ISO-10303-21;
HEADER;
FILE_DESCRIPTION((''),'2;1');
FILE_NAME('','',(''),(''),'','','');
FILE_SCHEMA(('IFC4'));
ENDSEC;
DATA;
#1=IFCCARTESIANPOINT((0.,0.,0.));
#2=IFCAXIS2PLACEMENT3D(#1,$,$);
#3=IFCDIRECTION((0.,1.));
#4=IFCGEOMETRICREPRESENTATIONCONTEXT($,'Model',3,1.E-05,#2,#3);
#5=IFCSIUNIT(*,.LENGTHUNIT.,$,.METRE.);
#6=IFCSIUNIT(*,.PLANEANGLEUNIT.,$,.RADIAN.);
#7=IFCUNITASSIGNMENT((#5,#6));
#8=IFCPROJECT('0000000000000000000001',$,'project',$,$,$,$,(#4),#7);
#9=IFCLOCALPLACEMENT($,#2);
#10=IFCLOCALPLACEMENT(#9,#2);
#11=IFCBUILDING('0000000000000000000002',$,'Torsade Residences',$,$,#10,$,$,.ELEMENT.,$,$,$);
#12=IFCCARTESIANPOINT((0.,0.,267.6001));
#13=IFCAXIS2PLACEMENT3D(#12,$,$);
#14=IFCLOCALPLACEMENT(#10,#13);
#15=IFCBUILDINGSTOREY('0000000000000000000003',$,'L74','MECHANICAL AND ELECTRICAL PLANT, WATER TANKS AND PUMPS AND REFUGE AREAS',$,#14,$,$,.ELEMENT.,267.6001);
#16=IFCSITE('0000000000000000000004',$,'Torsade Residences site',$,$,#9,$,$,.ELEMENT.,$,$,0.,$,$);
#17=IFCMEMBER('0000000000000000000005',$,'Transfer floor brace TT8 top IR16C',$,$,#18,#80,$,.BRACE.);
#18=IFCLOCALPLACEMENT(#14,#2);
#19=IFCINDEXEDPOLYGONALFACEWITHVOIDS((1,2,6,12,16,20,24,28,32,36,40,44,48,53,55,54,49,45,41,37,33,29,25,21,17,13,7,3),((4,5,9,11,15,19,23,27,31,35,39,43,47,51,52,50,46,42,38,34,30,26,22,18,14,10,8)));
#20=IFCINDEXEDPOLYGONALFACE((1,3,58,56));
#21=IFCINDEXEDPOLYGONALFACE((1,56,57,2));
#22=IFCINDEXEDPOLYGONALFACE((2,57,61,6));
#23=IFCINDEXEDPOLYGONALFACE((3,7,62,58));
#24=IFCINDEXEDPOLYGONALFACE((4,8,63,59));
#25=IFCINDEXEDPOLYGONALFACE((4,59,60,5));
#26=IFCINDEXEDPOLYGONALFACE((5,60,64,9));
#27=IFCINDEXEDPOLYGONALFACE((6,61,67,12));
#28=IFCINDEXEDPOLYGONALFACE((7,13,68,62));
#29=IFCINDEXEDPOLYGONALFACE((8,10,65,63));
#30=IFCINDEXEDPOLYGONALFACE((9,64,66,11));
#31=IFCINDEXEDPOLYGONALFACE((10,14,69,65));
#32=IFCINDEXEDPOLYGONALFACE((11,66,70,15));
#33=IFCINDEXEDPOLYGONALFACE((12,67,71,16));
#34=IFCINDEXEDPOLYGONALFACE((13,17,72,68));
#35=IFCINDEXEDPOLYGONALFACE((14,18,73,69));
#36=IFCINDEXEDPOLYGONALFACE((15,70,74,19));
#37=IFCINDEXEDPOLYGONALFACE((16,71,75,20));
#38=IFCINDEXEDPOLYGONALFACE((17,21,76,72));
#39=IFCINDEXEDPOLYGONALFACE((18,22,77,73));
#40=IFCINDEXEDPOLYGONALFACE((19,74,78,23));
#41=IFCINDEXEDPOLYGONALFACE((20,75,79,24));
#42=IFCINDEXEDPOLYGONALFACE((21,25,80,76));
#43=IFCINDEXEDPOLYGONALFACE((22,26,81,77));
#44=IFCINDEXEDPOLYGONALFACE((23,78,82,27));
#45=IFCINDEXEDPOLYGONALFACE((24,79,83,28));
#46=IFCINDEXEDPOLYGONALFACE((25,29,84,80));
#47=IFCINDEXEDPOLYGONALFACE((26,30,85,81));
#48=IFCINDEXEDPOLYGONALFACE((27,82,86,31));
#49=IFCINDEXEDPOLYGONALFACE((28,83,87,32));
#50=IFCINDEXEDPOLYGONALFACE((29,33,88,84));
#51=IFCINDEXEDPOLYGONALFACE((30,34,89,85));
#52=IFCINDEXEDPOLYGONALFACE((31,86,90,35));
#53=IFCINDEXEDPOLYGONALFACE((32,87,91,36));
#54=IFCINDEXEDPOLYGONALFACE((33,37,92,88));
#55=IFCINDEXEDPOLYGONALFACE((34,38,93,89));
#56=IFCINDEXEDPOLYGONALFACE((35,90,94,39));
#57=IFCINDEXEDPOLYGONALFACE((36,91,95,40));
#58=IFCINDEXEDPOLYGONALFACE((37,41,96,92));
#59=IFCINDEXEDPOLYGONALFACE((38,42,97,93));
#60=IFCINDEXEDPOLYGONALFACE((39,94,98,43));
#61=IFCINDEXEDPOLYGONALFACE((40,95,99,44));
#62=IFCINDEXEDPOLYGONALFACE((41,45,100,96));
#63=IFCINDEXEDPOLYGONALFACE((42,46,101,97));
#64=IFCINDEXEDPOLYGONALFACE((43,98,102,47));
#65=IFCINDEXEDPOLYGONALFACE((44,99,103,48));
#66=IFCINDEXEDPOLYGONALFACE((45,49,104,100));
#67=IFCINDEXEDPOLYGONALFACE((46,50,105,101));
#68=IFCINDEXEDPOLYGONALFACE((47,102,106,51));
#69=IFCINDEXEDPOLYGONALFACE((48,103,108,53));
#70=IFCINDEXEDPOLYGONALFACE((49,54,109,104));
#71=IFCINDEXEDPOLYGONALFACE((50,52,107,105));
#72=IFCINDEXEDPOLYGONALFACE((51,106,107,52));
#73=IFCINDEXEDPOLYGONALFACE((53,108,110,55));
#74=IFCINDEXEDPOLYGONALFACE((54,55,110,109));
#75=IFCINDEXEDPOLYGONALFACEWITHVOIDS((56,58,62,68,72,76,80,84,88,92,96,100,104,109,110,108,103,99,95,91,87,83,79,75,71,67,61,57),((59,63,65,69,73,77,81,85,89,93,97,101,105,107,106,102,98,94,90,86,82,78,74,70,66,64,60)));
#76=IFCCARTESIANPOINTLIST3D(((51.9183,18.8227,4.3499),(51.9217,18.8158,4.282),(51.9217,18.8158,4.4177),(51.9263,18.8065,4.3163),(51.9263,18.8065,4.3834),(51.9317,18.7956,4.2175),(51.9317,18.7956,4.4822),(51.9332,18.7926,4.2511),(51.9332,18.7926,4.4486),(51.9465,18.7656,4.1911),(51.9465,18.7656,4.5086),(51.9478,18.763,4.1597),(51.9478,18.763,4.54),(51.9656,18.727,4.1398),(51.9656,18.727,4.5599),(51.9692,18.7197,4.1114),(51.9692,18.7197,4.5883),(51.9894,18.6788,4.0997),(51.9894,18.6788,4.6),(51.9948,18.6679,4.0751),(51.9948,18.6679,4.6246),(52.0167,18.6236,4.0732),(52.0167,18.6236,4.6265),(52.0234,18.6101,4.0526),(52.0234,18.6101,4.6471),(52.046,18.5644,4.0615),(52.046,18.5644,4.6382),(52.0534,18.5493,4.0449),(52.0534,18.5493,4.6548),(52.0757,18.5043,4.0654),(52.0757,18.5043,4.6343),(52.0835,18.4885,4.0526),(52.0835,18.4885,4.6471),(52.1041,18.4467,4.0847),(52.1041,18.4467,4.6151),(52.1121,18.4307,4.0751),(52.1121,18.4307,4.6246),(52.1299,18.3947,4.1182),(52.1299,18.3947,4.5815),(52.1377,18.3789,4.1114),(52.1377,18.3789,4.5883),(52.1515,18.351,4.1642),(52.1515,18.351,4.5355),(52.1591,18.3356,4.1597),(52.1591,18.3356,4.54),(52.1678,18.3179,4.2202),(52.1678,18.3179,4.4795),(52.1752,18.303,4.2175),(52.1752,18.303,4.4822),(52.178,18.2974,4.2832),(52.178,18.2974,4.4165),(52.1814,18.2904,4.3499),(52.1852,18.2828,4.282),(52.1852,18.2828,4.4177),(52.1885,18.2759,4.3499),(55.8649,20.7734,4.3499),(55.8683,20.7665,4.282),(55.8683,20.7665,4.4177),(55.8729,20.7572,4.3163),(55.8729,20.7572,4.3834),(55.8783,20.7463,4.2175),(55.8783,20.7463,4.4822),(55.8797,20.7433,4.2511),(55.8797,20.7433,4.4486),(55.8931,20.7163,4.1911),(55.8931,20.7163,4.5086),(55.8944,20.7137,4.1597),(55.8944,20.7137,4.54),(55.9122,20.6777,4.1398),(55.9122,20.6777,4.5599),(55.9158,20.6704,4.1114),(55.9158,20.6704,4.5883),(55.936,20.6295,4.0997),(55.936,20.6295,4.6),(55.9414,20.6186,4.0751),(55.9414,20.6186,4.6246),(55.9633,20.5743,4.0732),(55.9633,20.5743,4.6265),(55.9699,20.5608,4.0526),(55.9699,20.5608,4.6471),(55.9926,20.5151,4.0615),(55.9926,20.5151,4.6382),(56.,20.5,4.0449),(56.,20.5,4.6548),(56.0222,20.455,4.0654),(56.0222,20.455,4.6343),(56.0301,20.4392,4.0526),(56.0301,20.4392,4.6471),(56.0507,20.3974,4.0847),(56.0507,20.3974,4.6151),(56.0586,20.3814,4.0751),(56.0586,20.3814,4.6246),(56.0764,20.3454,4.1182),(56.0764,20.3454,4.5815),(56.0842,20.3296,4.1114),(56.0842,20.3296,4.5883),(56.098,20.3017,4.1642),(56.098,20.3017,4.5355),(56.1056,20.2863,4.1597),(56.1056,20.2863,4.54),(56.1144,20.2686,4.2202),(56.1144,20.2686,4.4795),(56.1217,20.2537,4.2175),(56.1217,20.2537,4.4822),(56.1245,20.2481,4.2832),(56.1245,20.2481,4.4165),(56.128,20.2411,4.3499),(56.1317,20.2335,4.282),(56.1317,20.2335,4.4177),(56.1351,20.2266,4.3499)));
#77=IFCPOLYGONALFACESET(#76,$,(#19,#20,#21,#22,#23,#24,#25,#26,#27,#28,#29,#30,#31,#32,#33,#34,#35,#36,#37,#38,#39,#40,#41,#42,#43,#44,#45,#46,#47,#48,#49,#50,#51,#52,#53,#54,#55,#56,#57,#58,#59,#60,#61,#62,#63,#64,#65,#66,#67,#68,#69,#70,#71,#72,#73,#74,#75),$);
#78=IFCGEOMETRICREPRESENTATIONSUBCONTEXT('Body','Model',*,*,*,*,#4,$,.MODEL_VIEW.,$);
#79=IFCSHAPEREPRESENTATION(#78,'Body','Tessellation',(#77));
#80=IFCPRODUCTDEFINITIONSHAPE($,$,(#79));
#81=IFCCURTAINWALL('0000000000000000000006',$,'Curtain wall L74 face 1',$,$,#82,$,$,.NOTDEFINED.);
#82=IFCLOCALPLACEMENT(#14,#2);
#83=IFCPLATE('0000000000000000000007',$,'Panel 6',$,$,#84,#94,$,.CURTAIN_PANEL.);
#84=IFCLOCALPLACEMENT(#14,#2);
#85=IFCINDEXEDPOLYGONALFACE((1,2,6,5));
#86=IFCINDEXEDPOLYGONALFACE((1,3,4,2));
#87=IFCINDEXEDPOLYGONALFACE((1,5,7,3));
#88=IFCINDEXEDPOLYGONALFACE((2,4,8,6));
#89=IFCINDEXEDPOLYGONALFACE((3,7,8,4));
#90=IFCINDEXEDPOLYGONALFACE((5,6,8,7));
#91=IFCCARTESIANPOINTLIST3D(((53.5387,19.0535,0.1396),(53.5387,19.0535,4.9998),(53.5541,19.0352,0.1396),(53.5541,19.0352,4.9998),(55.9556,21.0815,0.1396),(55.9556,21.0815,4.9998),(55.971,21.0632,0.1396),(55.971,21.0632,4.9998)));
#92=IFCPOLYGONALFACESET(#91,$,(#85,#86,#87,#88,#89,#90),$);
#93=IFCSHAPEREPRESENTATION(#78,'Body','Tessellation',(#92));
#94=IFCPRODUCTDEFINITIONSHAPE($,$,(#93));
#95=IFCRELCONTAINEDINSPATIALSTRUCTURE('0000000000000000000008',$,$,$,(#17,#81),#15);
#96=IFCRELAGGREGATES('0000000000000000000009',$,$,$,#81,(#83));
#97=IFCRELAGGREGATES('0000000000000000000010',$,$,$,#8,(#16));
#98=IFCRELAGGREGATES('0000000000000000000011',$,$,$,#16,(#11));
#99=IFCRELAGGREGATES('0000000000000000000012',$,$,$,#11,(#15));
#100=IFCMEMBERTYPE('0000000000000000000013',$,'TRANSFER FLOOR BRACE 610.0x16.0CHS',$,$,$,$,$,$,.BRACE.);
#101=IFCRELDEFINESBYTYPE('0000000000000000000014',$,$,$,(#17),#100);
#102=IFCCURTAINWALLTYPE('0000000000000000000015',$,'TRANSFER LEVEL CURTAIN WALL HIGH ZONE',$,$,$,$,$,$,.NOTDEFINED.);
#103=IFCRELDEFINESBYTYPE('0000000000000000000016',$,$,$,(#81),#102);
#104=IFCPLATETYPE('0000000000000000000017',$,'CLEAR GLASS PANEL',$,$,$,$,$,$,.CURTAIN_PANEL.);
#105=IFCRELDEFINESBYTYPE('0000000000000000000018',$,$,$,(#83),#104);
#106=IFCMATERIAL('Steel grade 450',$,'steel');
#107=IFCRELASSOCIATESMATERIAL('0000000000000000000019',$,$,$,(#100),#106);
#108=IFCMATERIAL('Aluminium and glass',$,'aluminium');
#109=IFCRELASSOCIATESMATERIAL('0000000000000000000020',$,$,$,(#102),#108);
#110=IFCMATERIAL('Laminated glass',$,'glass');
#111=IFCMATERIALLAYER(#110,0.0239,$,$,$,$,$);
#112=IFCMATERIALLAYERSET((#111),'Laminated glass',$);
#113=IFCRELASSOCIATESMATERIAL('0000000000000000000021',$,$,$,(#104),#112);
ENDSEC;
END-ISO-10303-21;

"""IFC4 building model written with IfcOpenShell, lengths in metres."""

from ifc_helpers import new_model, si_unit, direction, frame, origin, origin_2d, place, context, subcontext, project, spatial, rectangle, hollow_circle, extrude, material, layer, layer_set, material_profile, profile_set, type_object, element, aggregate, save


model = new_model("IFC4")

# Units and contexts
model_context = context("Model", 3, precision=1e-05, world=origin(), true_north=direction((0.0, 1.0)))
body_context = subcontext(model_context, "Body", "Model", "MODEL_VIEW")
ifc_project = project(units=[si_unit("LENGTHUNIT", "METRE"), si_unit("PLANEANGLEUNIT", "RADIAN")], contexts=[model_context])

# Site, building, storey
site_placement = place(None, origin())
site = spatial("IfcSite", under=ifc_project, at=site_placement, Name="Torsade Residences site", CompositionType="ELEMENT", RefElevation=0.0)
building_placement = place(site_placement, origin())
building = spatial("IfcBuilding", under=site, at=building_placement, Name="Torsade Residences", CompositionType="ELEMENT")
storey_placement = place(building_placement, frame((0.0, 0.0, 267.6001)))
storey = spatial("IfcBuildingStorey", under=building, at=storey_placement, Name="L74", Description="MECHANICAL AND ELECTRICAL PLANT, WATER TANKS AND PUMPS AND REFUGE AREAS", CompositionType="ELEMENT", Elevation=267.6001)

# Member
ifc_material_1 = material(Name="Steel grade 450", Category="steel")
ifc_material_profile_1 = material_profile(ifc_material_1, hollow_circle(Radius=0.3049, WallThickness=0.0161, at=origin_2d()), Name="610.0x16.0CHS")
ifc_profile_set_1 = profile_set([ifc_material_profile_1], Name="Steel grade 450")
member_type = type_object("IfcMemberType", Name="TRANSFER FLOOR BRACE 610.0x16.0CHS", PredefinedType="BRACE", material=ifc_profile_set_1)
member_placement = place(storey_placement, frame((56.0, 20.5, 4.3499), z_axis=(-0.89647, -0.443105, 0.0), x_axis=(0.443105, -0.89647, 0.0)))
element("IfcMember", 1, at=member_placement, inside=storey, type_object=member_type, Name="Transfer floor brace TT8 top IR16C", PredefinedType="BRACE", context=body_context, shape_type="SweptSolid", body=[
    extrude(hollow_circle(Radius=0.3049, WallThickness=0.0161, at=origin_2d()), origin(), (0.0, 0.0, 1.0), 4.4023),
])

# Curtain wall, plate
ifc_material_2 = material(Name="Aluminium and glass", Category="aluminium")
curtain_wall_type = type_object("IfcCurtainWallType", Name="TRANSFER LEVEL CURTAIN WALL HIGH ZONE", PredefinedType="NOTDEFINED", material=ifc_material_2)
curtain_wall_placement = place(storey_placement, origin())
curtain_wall = element("IfcCurtainWall", 2, at=curtain_wall_placement, inside=storey, type_object=curtain_wall_type, Name="Curtain wall L74 face 1", PredefinedType="NOTDEFINED")
ifc_material_3 = material(Name="Laminated glass", Category="glass")
ifc_layer_1 = layer(ifc_material_3, 0.0239)
ifc_layer_set_1 = layer_set([ifc_layer_1], Name="Laminated glass")
plate_type = type_object("IfcPlateType", Name="CLEAR GLASS PANEL", PredefinedType="CURTAIN_PANEL", material=ifc_layer_set_1)
plate_placement = place(storey_placement, frame((54.7549, 20.0583, 0.1396), z_axis=(0.0, 0.0, 1.0), x_axis=(0.766044, 0.642788, 0.0)))
plate = element("IfcPlate", 3, at=plate_placement, type_object=plate_type, Name="Panel 6", PredefinedType="CURTAIN_PANEL", context=body_context, shape_type="SweptSolid", body=[
    extrude(rectangle(XDim=3.155, YDim=0.0239, at=origin_2d()), origin(), (0.0, 0.0, 1.0), 4.8601),
])
aggregate(curtain_wall, [plate])

save(model, "model.ifc")
